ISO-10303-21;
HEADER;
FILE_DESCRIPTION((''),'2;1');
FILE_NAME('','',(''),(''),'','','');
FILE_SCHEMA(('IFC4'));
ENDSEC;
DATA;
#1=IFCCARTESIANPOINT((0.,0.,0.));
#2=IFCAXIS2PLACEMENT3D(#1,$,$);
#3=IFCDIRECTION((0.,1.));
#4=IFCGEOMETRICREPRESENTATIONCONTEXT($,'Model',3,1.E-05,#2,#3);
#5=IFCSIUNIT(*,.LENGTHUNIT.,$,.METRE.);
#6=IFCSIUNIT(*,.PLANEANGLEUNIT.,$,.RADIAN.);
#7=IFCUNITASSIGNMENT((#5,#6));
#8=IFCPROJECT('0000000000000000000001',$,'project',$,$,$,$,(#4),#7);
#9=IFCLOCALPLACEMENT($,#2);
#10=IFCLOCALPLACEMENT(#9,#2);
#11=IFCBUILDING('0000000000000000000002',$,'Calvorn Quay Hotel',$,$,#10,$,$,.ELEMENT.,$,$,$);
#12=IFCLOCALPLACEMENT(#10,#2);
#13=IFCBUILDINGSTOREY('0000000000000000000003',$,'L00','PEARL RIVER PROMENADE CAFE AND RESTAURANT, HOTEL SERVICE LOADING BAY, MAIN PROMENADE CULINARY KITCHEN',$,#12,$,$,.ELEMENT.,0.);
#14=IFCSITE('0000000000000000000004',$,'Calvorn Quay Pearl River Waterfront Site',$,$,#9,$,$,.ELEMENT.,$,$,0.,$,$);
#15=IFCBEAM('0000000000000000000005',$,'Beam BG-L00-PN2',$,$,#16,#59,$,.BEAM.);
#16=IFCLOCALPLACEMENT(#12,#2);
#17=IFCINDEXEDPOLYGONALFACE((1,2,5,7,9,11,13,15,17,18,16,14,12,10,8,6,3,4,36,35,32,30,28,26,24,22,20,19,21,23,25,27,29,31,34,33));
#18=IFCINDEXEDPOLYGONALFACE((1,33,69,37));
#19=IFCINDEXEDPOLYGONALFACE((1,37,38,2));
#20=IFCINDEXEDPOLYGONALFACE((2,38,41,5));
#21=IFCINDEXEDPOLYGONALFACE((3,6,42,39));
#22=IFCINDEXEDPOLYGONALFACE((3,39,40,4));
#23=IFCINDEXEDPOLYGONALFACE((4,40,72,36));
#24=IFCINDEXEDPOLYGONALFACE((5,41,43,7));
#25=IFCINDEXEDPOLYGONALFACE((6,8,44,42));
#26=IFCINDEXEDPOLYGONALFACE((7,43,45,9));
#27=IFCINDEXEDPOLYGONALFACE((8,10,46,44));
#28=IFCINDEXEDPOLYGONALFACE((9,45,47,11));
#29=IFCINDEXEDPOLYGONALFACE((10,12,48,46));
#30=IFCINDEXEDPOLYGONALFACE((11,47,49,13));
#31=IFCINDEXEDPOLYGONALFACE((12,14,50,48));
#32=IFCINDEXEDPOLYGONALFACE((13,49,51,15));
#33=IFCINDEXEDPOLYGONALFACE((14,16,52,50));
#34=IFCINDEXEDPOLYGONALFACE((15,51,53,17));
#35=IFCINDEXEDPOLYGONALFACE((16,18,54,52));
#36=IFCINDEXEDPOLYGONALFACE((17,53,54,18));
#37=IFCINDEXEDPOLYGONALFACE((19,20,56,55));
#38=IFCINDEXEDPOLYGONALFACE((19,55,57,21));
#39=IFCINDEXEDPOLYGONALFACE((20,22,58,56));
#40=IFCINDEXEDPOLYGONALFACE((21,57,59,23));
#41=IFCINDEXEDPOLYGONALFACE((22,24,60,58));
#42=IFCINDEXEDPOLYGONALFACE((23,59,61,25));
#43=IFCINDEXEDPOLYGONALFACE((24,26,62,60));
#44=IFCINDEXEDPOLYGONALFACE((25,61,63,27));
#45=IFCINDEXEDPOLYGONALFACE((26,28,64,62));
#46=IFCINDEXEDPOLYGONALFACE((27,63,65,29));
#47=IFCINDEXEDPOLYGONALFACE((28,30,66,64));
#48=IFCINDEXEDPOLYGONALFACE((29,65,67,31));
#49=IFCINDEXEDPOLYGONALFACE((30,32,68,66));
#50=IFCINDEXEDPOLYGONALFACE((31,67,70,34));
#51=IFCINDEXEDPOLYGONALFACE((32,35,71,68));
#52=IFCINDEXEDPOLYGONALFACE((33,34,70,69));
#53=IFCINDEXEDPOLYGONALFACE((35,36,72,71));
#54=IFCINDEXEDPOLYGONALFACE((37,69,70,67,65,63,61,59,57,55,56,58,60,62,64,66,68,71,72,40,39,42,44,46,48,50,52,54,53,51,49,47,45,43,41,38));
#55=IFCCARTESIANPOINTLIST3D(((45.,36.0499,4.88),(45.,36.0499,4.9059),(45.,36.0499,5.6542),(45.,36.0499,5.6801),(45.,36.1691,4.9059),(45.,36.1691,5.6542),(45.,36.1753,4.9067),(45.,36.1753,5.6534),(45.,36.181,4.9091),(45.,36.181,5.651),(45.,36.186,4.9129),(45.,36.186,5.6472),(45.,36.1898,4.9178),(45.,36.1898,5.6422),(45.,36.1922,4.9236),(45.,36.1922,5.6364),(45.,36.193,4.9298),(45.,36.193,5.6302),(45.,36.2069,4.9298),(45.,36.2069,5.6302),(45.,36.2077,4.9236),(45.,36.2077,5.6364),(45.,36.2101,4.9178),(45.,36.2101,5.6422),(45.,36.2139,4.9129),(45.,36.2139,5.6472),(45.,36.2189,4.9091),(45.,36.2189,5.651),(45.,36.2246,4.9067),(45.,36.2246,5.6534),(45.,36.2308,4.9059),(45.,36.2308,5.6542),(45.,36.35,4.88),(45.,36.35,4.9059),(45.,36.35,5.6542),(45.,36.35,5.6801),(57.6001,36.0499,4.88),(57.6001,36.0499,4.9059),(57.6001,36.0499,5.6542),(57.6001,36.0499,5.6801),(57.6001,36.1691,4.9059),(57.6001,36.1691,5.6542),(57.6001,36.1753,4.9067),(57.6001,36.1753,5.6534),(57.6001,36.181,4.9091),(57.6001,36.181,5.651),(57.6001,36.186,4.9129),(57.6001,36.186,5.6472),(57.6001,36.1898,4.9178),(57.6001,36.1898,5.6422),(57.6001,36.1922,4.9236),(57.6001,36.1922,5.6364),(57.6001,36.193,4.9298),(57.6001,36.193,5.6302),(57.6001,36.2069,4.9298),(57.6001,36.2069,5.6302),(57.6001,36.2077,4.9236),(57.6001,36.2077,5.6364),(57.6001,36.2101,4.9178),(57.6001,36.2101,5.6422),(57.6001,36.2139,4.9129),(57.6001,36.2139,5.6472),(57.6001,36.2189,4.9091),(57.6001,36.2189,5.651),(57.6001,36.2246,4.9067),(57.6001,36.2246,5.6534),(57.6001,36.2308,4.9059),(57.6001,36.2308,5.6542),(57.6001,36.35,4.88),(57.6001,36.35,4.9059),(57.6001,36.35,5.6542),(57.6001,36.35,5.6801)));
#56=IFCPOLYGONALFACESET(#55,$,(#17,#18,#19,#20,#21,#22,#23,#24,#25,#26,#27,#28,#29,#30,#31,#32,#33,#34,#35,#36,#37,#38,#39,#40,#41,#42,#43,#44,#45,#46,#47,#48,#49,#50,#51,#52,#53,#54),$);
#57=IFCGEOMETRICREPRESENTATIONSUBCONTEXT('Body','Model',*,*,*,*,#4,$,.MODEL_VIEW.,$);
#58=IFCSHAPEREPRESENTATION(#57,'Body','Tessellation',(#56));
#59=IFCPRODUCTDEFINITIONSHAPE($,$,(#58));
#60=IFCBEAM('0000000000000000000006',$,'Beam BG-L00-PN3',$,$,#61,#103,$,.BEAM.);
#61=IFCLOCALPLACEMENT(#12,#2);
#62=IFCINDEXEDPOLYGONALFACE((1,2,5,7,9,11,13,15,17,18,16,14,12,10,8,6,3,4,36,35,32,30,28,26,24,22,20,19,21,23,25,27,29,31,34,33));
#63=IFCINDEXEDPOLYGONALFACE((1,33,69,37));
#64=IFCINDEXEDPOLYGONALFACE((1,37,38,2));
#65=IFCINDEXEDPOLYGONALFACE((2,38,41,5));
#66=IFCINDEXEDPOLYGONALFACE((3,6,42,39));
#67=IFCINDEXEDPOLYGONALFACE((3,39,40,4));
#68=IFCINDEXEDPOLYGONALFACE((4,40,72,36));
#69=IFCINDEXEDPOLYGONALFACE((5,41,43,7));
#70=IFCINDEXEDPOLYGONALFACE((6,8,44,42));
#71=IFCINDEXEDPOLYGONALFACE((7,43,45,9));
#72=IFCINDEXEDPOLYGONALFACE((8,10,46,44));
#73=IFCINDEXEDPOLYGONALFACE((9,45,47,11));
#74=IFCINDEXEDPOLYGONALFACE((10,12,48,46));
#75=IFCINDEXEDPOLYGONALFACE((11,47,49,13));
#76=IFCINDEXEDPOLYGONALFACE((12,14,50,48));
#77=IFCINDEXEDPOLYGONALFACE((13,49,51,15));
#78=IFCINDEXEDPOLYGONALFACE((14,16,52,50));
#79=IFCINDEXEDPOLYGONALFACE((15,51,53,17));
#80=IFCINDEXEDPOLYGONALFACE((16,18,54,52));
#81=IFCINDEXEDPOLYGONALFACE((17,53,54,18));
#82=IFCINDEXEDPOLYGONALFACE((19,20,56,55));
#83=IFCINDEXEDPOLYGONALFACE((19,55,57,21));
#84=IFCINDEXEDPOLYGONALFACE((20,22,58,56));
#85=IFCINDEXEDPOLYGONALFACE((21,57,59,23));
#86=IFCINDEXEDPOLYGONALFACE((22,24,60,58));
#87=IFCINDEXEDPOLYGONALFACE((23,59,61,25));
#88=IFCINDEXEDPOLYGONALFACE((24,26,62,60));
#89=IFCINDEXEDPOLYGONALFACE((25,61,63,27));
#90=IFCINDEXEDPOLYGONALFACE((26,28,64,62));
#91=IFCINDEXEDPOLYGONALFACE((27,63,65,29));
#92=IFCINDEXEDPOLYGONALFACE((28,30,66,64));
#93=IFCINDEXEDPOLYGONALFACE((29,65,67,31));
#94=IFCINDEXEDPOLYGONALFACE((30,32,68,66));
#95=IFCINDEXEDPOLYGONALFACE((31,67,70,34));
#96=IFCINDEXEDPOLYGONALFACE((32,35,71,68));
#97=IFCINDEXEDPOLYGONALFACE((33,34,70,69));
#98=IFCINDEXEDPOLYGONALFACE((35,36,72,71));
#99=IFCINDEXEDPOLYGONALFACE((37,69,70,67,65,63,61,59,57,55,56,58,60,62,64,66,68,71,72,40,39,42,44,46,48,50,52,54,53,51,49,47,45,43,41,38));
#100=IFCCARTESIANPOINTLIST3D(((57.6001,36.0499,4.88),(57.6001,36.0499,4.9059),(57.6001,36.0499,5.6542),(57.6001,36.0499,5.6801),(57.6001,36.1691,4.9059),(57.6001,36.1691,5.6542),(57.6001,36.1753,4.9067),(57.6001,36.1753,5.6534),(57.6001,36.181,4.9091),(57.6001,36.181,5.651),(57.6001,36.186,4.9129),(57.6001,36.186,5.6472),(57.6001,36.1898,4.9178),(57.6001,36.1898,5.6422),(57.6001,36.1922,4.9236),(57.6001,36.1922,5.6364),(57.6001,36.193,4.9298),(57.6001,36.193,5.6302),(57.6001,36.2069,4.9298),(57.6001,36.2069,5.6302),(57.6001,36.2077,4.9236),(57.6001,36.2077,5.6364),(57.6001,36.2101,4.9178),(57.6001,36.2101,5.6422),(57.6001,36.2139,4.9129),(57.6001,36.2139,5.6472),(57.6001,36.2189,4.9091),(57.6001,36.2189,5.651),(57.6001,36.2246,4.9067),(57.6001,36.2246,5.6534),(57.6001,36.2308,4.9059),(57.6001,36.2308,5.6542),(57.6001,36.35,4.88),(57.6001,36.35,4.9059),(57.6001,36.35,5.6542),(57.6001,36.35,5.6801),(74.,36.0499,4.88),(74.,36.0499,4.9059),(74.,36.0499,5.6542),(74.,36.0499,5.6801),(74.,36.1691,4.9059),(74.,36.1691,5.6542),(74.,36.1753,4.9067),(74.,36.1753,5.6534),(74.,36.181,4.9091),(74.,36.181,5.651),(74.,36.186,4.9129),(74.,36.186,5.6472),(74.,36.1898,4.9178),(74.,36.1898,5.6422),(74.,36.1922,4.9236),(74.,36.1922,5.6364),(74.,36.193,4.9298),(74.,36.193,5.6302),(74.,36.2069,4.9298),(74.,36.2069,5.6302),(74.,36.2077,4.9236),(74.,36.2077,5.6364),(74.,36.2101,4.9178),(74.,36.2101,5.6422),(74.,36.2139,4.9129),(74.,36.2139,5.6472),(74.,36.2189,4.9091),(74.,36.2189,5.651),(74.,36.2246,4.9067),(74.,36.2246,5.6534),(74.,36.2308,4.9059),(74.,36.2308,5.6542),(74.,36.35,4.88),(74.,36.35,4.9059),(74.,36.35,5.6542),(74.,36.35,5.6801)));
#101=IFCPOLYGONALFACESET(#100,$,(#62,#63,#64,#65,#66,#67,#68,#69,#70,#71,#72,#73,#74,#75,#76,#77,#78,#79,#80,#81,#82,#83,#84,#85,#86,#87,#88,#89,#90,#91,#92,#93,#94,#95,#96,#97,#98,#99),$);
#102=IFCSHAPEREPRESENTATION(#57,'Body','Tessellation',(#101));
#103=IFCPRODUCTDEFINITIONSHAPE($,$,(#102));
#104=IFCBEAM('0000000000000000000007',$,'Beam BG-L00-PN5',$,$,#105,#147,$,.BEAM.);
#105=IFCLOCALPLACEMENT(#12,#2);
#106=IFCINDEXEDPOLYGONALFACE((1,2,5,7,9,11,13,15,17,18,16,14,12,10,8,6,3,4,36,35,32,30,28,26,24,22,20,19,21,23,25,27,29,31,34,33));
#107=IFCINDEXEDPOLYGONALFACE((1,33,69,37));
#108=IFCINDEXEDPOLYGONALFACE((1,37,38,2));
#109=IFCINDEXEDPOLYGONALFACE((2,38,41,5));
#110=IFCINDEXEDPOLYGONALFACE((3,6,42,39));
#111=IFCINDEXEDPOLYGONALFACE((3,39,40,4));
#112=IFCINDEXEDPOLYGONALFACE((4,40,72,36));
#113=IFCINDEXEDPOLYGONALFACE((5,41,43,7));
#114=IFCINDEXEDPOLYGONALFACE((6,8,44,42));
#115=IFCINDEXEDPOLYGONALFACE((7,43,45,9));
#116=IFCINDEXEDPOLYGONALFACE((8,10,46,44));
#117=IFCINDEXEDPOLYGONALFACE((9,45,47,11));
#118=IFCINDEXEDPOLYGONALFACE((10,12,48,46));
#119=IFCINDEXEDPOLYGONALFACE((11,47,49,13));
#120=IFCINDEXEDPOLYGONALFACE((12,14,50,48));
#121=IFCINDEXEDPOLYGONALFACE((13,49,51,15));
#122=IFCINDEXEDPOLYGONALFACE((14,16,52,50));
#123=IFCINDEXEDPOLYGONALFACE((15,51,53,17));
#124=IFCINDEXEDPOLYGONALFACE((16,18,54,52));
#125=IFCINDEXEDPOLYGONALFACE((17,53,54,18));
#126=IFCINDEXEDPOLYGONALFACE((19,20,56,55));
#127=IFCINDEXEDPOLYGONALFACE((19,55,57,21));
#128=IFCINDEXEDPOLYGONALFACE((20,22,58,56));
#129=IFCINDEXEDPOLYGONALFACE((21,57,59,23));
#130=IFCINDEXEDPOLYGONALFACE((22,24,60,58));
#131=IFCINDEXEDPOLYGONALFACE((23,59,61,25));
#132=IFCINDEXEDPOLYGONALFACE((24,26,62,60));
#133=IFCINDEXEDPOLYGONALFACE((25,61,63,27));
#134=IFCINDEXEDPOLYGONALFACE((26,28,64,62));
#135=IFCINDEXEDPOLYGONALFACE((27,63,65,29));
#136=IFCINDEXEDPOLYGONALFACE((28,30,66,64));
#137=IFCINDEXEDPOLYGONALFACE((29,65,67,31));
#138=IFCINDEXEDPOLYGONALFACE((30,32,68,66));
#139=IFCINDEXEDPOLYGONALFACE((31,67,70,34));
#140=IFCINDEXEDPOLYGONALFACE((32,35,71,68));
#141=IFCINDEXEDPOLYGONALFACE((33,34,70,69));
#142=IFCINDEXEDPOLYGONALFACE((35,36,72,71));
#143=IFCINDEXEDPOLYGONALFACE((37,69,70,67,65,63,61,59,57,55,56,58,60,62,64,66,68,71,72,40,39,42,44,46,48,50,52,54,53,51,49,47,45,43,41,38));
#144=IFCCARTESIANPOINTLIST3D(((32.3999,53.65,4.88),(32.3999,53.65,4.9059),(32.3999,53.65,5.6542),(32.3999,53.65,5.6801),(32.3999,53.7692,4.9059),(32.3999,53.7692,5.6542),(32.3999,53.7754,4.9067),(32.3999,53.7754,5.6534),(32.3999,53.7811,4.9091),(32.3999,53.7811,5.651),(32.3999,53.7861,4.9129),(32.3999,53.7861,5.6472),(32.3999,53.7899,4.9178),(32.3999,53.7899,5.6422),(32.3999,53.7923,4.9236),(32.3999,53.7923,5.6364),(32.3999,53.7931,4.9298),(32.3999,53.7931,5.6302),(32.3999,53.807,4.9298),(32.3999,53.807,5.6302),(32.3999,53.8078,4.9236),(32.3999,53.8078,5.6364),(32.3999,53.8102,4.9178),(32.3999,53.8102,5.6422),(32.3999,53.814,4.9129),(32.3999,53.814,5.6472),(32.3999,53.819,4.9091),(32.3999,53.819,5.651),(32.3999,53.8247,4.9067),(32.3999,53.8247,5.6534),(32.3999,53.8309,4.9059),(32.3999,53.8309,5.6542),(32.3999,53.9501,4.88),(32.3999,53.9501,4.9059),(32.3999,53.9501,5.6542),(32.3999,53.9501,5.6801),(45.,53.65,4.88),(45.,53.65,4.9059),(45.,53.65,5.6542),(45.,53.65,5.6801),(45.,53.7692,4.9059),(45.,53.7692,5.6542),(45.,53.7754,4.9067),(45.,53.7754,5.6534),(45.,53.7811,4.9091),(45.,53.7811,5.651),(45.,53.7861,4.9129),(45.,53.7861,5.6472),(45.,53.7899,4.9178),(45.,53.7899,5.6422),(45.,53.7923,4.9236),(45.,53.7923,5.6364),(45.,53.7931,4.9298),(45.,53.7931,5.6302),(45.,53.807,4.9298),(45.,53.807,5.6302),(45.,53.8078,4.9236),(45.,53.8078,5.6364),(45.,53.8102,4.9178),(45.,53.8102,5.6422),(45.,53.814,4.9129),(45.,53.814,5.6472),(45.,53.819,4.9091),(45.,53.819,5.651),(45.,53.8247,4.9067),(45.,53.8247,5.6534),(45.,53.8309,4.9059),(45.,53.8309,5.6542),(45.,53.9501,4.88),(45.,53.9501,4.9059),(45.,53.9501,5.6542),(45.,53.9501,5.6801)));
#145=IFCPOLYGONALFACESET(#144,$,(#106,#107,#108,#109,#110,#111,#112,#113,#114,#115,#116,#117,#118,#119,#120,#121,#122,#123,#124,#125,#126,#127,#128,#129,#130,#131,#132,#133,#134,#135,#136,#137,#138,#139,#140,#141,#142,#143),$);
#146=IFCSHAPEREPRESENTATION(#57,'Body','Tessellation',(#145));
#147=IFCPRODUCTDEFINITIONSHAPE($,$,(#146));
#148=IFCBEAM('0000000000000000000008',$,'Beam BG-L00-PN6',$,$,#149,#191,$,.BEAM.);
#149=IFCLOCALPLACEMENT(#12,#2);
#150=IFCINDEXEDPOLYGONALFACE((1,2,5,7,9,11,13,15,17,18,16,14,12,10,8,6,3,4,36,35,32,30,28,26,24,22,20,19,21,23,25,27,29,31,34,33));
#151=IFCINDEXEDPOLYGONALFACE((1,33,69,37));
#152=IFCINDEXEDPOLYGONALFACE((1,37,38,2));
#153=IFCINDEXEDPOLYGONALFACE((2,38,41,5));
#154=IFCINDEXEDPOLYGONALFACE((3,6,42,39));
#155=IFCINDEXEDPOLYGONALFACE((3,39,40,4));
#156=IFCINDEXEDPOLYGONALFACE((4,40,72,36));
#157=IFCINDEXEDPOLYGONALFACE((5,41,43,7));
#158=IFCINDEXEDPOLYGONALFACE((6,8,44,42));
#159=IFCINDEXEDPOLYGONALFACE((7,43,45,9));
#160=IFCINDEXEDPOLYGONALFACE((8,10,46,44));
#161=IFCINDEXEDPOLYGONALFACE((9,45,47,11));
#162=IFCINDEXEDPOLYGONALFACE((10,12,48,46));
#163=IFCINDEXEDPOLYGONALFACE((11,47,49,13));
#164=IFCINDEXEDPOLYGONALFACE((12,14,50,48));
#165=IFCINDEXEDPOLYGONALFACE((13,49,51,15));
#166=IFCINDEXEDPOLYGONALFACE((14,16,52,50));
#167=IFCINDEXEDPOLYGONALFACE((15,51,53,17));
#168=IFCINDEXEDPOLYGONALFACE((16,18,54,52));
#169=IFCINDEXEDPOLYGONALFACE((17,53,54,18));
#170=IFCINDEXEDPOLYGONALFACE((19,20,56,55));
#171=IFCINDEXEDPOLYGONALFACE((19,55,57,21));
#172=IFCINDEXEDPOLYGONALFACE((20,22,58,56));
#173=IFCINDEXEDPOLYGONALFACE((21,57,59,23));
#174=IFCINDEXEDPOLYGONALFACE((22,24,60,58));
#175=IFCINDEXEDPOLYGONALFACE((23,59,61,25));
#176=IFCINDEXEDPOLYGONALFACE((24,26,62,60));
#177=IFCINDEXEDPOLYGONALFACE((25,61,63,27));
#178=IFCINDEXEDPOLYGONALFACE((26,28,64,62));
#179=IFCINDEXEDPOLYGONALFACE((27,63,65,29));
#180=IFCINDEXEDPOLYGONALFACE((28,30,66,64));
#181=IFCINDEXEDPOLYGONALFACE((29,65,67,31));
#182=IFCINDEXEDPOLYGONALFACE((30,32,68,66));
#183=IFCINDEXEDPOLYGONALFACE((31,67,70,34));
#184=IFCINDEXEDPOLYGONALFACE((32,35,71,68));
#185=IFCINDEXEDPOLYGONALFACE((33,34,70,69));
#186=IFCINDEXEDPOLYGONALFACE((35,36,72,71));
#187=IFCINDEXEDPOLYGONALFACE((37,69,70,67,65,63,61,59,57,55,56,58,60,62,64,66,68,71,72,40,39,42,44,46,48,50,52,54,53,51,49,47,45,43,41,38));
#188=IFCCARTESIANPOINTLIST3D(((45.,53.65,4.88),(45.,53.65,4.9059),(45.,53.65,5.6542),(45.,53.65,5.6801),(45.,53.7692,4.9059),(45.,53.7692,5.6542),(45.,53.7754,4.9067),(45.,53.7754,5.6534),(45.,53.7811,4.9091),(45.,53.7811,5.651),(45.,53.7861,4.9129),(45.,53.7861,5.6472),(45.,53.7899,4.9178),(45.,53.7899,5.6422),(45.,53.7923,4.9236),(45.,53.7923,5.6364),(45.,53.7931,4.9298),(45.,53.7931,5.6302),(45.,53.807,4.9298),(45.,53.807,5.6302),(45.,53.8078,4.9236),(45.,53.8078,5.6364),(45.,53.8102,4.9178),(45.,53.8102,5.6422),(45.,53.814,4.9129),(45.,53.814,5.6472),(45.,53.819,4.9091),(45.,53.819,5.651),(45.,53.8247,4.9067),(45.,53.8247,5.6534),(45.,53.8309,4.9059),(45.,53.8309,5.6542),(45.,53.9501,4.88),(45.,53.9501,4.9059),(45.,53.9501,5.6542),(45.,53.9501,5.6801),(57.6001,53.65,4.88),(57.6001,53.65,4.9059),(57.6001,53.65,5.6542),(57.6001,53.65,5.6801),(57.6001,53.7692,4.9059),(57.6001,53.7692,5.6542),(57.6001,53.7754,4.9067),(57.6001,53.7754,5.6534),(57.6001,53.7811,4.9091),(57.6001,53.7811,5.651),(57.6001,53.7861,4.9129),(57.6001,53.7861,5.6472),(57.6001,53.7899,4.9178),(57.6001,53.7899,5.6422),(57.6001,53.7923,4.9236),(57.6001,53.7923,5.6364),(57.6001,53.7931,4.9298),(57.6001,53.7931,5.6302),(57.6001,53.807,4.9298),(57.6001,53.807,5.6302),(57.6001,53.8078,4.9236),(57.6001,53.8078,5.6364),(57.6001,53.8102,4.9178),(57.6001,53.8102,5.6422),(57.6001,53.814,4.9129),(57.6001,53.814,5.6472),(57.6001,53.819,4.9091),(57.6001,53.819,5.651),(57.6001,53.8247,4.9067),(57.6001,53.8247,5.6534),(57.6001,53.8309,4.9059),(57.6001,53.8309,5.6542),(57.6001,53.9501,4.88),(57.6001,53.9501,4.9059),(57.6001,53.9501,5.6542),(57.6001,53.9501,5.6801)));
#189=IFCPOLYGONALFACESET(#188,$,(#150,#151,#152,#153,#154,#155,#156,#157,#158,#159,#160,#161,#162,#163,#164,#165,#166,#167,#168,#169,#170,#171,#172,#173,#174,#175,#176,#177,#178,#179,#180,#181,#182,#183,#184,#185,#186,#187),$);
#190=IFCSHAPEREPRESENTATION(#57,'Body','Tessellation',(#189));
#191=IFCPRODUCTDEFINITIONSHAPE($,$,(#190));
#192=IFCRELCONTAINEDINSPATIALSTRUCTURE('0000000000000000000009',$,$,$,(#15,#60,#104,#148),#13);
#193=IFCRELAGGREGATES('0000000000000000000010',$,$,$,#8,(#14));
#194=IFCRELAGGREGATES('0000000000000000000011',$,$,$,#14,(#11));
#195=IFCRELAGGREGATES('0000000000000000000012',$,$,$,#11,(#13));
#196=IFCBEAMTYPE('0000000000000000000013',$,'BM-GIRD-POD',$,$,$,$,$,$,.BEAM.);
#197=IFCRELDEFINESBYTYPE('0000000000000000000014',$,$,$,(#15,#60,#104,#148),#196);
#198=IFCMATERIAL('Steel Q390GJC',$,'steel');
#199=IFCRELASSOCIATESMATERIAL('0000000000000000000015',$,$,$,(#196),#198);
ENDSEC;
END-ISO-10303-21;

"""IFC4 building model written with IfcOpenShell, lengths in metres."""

from ifc_helpers import new_model, si_unit, direction, frame, origin, origin_2d, place, context, subcontext, project, spatial, i_section, extrude, material, material_profile, profile_set, type_object, element, save


model = new_model("IFC4")

# Units and contexts
model_context = context("Model", 3, precision=1e-05, world=origin(), true_north=direction((0.0, 1.0)))
body_context = subcontext(model_context, "Body", "Model", "MODEL_VIEW")
ifc_project = project(units=[si_unit("LENGTHUNIT", "METRE"), si_unit("PLANEANGLEUNIT", "RADIAN")], contexts=[model_context])

# Site, building, storey
site_placement = place(None, origin())
site = spatial("IfcSite", under=ifc_project, at=site_placement, Name="Calvorn Quay Pearl River Waterfront Site", CompositionType="ELEMENT", RefElevation=0.0)
building_placement = place(site_placement, origin())
building = spatial("IfcBuilding", under=site, at=building_placement, Name="Calvorn Quay Hotel", CompositionType="ELEMENT")
storey_placement = place(building_placement, origin())
storey = spatial("IfcBuildingStorey", under=building, at=storey_placement, Name="L00", Description="PEARL RIVER PROMENADE CAFE AND RESTAURANT, HOTEL SERVICE LOADING BAY, MAIN PROMENADE CULINARY KITCHEN", CompositionType="ELEMENT", Elevation=0.0)

# Beams
ifc_material_1 = material(Name="Steel Q390GJC", Category="steel")
ifc_material_profile_1 = material_profile(ifc_material_1, i_section(OverallWidth=0.3, OverallDepth=0.8, WebThickness=0.0139, FlangeThickness=0.0259, FilletRadius=0.0239, at=origin_2d()), Name="HN800x300x14x26")
ifc_profile_set_1 = profile_set([ifc_material_profile_1], Name="Steel Q390GJC")
beam_type = type_object("IfcBeamType", Name="BM-GIRD-POD", PredefinedType="BEAM", material=ifc_profile_set_1)
beam_1_placement = place(storey_placement, frame((45.0, 36.2, 5.28), z_axis=(1.0, 0.0, 0.0), x_axis=(0.0, 1.0, 0.0)))
element("IfcBeam", 1, at=beam_1_placement, inside=storey, type_object=beam_type, Name="Beam BG-L00-PN2", PredefinedType="BEAM", context=body_context, shape_type="SweptSolid", body=[
    extrude(i_section(OverallWidth=0.3, OverallDepth=0.8, WebThickness=0.0139, FlangeThickness=0.0259, FilletRadius=0.0239, at=origin_2d()), origin(), (0.0, 0.0, 1.0), 12.6001),
])
beam_2_placement = place(storey_placement, frame((57.6001, 36.2, 5.28), z_axis=(1.0, 0.0, 0.0), x_axis=(0.0, 1.0, 0.0)))
element("IfcBeam", 2, at=beam_2_placement, inside=storey, type_object=beam_type, Name="Beam BG-L00-PN3", PredefinedType="BEAM", context=body_context, shape_type="SweptSolid", body=[
    extrude(i_section(OverallWidth=0.3, OverallDepth=0.8, WebThickness=0.0139, FlangeThickness=0.0259, FilletRadius=0.0239, at=origin_2d()), origin(), (0.0, 0.0, 1.0), 16.3999),
])
for number, where, z_axis, x_axis, name in (
    (3, (32.3999, 53.8, 5.28), (1.0, 0.0, 0.0), (0.0, 1.0, 0.0), "Beam BG-L00-PN5"),
    (4, (45.0, 53.8, 5.28), (1.0, 0.0, 0.0), (0.0, 1.0, 0.0), "Beam BG-L00-PN6"),
):
    element("IfcBeam", number, at=place(storey_placement, frame(where, z_axis=z_axis, x_axis=x_axis)), inside=storey, type_object=beam_type, Name=name, PredefinedType="BEAM", context=body_context, shape_type="SweptSolid", body=[
        extrude(i_section(OverallWidth=0.3, OverallDepth=0.8, WebThickness=0.0139, FlangeThickness=0.0259, FilletRadius=0.0239, at=origin_2d()), origin(), (0.0, 0.0, 1.0), 12.6001),
    ])

save(model, "model.ifc")
